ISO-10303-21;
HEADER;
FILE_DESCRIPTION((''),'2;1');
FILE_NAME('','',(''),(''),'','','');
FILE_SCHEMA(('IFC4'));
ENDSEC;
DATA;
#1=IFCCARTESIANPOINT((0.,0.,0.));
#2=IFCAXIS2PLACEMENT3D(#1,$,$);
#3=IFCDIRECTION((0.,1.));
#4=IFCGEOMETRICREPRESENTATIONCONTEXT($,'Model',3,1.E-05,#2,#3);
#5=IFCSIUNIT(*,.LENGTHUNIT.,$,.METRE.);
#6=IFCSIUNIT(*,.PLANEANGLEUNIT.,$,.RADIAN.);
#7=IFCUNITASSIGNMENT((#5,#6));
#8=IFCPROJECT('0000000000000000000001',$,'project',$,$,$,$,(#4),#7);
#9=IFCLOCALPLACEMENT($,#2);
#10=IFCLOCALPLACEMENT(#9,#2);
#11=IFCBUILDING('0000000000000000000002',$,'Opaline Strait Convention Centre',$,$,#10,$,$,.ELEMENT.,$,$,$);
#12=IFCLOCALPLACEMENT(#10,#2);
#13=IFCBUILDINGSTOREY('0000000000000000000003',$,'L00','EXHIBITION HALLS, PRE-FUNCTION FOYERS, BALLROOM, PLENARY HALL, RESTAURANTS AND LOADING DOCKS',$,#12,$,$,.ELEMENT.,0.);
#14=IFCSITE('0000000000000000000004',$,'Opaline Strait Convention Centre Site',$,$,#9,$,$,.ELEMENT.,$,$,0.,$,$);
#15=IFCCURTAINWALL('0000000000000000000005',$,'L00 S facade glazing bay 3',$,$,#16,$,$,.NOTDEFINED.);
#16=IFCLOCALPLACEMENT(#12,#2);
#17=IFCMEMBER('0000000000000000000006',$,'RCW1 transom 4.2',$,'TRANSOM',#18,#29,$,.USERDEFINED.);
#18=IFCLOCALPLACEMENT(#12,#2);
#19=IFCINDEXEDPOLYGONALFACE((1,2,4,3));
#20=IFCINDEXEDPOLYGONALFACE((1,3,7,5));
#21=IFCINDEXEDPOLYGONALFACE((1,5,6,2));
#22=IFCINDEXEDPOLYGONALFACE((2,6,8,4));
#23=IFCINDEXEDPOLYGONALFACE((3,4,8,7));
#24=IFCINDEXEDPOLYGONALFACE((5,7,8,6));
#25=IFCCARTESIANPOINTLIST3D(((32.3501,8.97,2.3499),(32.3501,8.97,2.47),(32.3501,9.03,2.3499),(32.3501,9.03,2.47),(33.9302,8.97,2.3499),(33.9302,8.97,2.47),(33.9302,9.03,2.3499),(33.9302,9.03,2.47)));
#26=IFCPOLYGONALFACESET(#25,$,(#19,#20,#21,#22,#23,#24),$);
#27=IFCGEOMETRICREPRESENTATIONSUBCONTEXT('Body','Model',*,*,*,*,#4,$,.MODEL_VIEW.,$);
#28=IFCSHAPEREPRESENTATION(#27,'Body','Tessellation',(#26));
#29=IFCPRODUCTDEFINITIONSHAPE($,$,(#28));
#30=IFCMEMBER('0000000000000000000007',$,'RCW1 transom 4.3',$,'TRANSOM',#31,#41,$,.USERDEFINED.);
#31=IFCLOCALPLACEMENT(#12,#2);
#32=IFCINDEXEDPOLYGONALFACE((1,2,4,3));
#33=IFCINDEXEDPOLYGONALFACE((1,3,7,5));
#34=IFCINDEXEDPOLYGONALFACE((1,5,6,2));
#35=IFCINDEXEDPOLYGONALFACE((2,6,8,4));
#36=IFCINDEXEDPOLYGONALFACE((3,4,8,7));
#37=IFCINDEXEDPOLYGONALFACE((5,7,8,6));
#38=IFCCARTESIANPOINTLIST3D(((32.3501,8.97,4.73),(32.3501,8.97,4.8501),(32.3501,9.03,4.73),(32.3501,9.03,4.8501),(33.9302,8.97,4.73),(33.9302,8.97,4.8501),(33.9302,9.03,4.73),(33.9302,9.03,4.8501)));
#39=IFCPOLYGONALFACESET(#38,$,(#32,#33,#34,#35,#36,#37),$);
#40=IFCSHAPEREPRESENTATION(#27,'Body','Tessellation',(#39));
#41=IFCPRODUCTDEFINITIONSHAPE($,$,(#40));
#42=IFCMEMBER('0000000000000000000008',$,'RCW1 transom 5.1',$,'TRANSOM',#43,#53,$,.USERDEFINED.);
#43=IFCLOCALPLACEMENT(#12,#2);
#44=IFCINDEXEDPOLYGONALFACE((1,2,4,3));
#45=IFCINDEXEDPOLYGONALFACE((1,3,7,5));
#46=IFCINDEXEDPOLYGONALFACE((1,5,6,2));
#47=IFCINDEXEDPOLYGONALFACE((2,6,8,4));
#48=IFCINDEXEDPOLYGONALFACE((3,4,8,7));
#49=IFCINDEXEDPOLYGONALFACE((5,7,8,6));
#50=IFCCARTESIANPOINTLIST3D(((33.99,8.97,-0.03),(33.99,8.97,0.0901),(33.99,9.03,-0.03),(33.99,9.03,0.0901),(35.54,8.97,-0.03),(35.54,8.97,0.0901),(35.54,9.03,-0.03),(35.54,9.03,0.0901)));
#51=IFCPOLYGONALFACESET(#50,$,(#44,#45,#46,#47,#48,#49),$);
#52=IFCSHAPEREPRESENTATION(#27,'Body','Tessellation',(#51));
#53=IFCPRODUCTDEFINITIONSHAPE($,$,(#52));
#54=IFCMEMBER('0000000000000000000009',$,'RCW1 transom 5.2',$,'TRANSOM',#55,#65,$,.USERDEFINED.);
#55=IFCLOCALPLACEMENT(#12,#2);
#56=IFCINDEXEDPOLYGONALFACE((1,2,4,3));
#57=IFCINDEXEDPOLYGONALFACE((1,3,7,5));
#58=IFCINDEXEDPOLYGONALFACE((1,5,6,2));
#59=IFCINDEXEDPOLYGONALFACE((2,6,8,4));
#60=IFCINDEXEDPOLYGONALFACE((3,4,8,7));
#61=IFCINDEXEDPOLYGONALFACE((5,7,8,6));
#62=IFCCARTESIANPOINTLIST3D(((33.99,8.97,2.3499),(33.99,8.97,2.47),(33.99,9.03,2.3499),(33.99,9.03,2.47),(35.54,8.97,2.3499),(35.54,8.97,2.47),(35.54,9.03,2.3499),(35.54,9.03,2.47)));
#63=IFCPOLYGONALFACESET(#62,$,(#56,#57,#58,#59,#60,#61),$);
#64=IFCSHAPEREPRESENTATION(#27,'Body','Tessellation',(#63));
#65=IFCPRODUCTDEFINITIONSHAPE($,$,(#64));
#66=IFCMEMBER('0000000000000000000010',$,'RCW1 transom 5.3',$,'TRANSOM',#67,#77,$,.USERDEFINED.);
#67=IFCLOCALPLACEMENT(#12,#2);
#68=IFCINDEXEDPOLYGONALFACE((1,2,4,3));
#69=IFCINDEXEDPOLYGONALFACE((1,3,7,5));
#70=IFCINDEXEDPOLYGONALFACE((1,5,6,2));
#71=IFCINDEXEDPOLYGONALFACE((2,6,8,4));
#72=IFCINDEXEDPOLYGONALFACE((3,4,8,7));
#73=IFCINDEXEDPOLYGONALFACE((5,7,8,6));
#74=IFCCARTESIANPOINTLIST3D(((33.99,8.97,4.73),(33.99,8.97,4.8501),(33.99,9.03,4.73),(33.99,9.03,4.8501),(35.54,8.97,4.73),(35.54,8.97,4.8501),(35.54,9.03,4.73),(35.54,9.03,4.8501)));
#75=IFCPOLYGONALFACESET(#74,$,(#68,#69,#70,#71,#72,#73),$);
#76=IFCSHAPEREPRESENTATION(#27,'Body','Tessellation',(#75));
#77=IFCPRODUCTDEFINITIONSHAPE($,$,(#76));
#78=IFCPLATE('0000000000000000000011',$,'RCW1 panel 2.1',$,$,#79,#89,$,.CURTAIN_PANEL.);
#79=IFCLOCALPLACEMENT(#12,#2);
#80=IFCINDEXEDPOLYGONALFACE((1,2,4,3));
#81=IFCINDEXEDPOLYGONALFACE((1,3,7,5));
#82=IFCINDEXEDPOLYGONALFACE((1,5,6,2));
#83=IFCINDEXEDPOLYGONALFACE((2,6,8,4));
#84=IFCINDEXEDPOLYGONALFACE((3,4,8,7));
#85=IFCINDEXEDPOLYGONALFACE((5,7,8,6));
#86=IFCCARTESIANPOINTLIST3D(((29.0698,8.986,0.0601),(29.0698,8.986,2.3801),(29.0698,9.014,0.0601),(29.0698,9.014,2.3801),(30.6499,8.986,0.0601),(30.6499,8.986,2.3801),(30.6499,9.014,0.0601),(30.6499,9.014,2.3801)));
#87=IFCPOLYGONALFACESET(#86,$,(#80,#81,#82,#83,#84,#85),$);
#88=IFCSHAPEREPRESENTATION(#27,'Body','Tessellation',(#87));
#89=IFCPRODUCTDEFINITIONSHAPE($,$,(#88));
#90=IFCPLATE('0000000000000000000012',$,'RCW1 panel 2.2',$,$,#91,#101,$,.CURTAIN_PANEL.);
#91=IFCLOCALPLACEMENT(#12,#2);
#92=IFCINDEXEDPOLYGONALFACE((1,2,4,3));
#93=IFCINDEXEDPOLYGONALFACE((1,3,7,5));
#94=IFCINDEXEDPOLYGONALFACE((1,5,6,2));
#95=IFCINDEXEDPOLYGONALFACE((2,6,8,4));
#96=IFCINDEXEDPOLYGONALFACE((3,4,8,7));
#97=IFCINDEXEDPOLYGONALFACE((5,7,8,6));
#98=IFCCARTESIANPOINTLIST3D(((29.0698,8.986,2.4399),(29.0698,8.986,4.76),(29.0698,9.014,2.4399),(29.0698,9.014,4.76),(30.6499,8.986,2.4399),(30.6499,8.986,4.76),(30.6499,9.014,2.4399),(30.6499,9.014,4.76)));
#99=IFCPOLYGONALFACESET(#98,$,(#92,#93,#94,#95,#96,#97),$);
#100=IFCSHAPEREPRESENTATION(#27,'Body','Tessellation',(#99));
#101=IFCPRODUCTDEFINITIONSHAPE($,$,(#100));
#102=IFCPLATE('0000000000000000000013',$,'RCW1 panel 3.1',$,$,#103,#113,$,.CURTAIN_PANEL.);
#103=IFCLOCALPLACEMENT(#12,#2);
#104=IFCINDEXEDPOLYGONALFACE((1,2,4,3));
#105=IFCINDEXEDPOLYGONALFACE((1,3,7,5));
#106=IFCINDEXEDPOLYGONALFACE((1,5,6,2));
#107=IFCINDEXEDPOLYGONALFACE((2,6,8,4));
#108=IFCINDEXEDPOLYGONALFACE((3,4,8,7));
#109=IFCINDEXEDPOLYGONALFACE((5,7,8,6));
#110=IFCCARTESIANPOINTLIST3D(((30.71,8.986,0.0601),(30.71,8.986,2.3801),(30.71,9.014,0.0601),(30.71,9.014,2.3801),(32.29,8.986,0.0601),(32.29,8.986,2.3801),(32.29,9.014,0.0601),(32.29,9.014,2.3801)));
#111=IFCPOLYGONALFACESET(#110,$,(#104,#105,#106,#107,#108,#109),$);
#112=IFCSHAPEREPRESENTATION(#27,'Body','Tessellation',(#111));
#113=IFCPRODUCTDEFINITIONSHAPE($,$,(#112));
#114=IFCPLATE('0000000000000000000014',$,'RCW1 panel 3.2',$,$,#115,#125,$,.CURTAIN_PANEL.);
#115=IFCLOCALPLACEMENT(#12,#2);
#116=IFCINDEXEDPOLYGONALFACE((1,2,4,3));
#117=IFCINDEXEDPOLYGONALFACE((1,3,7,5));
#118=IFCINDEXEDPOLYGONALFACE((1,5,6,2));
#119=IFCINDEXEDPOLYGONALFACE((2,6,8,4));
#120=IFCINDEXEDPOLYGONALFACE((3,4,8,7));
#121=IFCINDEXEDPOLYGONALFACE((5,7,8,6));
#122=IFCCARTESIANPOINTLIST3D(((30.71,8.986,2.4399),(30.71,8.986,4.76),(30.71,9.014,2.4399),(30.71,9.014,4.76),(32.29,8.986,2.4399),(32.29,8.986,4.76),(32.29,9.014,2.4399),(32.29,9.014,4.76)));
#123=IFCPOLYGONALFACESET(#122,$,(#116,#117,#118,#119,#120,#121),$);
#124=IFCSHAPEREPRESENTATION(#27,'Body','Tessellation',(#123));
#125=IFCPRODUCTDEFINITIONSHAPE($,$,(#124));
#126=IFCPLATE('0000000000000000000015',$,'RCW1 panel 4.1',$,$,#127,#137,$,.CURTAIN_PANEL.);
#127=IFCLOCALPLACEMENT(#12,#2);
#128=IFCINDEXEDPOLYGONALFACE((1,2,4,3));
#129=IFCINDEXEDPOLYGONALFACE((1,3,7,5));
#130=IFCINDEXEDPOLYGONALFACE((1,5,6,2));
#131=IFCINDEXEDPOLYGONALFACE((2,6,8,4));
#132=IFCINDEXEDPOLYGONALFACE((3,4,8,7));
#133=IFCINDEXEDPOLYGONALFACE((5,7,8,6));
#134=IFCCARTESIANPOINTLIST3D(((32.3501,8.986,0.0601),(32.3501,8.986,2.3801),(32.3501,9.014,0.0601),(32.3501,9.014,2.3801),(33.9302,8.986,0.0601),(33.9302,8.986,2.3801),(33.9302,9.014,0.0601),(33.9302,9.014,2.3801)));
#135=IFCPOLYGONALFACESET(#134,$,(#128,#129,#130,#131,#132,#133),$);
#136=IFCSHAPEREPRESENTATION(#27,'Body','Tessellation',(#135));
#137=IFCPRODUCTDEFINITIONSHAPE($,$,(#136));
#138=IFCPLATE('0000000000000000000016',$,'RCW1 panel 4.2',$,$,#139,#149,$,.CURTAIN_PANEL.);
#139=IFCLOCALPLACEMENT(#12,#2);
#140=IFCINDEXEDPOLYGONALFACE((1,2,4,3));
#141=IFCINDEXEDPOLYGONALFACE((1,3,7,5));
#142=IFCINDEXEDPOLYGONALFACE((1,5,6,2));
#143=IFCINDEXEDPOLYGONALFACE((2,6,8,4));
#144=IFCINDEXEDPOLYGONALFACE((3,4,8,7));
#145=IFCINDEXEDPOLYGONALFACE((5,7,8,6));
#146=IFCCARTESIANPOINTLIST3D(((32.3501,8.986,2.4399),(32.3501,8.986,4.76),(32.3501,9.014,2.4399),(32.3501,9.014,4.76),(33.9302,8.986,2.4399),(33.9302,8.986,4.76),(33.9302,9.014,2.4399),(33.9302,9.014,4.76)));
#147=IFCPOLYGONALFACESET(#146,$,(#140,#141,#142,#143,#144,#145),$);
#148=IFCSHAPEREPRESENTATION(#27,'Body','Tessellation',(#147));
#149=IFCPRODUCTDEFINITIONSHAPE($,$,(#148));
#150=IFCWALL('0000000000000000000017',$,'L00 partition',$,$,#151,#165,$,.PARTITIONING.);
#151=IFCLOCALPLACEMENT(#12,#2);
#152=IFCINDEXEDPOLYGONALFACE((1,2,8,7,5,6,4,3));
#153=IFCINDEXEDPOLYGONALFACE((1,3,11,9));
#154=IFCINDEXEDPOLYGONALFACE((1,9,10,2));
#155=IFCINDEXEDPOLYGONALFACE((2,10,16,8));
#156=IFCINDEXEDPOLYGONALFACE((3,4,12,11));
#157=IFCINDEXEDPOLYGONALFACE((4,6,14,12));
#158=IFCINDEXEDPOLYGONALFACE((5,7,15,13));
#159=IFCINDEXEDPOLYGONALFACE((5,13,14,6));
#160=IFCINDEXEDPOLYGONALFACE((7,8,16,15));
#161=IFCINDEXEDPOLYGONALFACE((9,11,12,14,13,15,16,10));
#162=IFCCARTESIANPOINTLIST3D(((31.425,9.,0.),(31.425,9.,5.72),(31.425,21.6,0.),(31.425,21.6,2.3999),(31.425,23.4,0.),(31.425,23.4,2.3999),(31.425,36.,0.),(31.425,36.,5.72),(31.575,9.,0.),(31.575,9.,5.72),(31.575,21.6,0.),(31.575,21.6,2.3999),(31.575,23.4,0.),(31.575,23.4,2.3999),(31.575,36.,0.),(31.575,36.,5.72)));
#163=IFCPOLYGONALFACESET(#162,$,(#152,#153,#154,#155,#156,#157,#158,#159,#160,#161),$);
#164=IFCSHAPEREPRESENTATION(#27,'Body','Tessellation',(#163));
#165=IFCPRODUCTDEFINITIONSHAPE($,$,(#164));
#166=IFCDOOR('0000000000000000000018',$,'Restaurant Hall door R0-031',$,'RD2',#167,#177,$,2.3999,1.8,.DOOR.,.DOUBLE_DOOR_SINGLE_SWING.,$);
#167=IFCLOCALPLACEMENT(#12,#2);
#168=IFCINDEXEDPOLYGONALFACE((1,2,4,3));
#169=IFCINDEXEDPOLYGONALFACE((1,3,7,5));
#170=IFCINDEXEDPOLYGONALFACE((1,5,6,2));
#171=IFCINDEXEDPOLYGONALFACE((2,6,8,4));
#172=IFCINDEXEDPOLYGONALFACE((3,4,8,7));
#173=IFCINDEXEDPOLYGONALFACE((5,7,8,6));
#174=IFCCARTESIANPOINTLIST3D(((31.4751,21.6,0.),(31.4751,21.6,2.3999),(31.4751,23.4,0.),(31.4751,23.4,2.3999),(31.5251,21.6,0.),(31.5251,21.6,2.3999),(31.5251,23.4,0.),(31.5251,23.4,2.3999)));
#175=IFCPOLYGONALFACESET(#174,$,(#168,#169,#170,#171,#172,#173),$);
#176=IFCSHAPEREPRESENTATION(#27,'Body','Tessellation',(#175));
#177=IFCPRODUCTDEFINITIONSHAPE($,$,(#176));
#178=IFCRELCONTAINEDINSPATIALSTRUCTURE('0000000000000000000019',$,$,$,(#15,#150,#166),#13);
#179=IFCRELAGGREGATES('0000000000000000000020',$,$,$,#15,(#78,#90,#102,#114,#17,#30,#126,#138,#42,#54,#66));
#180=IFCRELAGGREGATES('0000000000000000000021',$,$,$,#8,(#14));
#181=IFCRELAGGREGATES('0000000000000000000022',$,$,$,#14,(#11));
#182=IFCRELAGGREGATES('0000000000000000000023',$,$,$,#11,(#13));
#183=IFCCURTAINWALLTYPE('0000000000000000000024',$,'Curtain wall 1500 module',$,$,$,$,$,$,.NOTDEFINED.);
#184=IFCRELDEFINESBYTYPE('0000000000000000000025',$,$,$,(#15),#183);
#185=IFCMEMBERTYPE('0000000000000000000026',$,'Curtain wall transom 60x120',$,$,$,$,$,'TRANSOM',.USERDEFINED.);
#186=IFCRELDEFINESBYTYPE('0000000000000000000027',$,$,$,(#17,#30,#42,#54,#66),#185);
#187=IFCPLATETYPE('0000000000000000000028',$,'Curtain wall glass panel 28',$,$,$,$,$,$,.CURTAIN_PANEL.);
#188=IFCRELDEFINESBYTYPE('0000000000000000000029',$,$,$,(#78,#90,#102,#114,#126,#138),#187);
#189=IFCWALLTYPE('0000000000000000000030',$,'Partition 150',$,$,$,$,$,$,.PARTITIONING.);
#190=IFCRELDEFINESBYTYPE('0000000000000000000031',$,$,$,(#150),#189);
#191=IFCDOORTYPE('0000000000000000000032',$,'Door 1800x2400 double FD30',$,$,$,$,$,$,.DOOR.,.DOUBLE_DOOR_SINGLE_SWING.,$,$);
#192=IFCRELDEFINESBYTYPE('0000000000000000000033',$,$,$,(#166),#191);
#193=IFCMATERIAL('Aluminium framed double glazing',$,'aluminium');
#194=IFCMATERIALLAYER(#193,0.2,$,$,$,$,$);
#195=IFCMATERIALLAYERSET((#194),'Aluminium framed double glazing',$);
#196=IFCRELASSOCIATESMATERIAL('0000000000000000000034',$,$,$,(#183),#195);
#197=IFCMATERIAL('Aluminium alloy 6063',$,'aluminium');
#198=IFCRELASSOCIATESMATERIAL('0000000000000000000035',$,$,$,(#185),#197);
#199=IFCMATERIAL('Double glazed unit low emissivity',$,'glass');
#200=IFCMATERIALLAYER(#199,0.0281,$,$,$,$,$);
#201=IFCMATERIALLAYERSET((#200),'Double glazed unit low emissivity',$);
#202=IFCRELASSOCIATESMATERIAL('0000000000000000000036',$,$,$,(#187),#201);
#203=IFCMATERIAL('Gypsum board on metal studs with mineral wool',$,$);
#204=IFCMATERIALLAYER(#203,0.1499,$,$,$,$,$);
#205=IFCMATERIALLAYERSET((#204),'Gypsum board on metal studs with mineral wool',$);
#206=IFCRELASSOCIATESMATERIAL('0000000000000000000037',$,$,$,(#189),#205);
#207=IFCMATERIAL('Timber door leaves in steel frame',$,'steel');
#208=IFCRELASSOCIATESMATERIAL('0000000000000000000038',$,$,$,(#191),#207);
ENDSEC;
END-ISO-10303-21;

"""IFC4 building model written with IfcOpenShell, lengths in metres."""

from ifc_helpers import new_model, si_unit, direction, frame, frame_2d, origin, origin_2d, place, context, subcontext, project, spatial, rectangle, extrude, material, layer, layer_set, material_profile, profile_set, type_object, element, fill, aggregate, save


model = new_model("IFC4")

# Units and contexts
model_context = context("Model", 3, precision=1e-05, world=origin(), true_north=direction((0.0, 1.0)))
body_context = subcontext(model_context, "Body", "Model", "MODEL_VIEW")
ifc_project = project(units=[si_unit("LENGTHUNIT", "METRE"), si_unit("PLANEANGLEUNIT", "RADIAN")], contexts=[model_context])

# Site, building, storey
site_placement = place(None, origin())
site = spatial("IfcSite", under=ifc_project, at=site_placement, Name="Opaline Strait Convention Centre Site", CompositionType="ELEMENT", RefElevation=0.0)
building_placement = place(site_placement, origin())
building = spatial("IfcBuilding", under=site, at=building_placement, Name="Opaline Strait Convention Centre", CompositionType="ELEMENT")
storey_placement = place(building_placement, origin())
storey = spatial("IfcBuildingStorey", under=building, at=storey_placement, Name="L00", Description="EXHIBITION HALLS, PRE-FUNCTION FOYERS, BALLROOM, PLENARY HALL, RESTAURANTS AND LOADING DOCKS", CompositionType="ELEMENT", Elevation=0.0)

# Curtain wall, members, plates
ifc_material_1 = material(Name="Aluminium framed double glazing", Category="aluminium")
ifc_layer_1 = layer(ifc_material_1, 0.2)
ifc_layer_set_1 = layer_set([ifc_layer_1], Name="Aluminium framed double glazing")
curtain_wall_type = type_object("IfcCurtainWallType", Name="Curtain wall 1500 module", PredefinedType="NOTDEFINED", material=ifc_layer_set_1)
curtain_wall_placement = place(storey_placement, origin())
curtain_wall = element("IfcCurtainWall", 1, at=curtain_wall_placement, inside=storey, type_object=curtain_wall_type, Name="L00 S facade glazing bay 3", PredefinedType="NOTDEFINED")
ifc_material_2 = material(Name="Aluminium alloy 6063", Category="aluminium")
ifc_material_profile_1 = material_profile(ifc_material_2, rectangle(XDim=0.0601, YDim=0.1201, at=origin_2d()), Name="Curtain wall transom 60x120")
ifc_profile_set_1 = profile_set([ifc_material_profile_1], Name="Aluminium alloy 6063")
member_type_1 = type_object("IfcMemberType", Name="Curtain wall transom 60x120", ElementType="TRANSOM", PredefinedType="USERDEFINED", material=ifc_profile_set_1)
member_1_placement = place(storey_placement, frame((32.3501, 9.0, 2.4099), z_axis=(1.0, 0.0, 0.0), x_axis=(0.0, 1.0, 0.0)))
member_1 = element("IfcMember", 2, at=member_1_placement, type_object=member_type_1, Name="RCW1 transom 4.2", ObjectType="TRANSOM", PredefinedType="USERDEFINED", context=body_context, shape_type="SweptSolid", body=[
    extrude(rectangle(XDim=0.0601, YDim=0.1201, at=origin_2d()), origin(), (0.0, 0.0, 1.0), 1.5801),
])
member_2_placement = place(storey_placement, frame((32.3501, 9.0, 4.79), z_axis=(1.0, 0.0, 0.0), x_axis=(0.0, 1.0, 0.0)))
member_2 = element("IfcMember", 3, at=member_2_placement, type_object=member_type_1, Name="RCW1 transom 4.3", ObjectType="TRANSOM", PredefinedType="USERDEFINED", context=body_context, shape_type="SweptSolid", body=[
    extrude(rectangle(XDim=0.0601, YDim=0.1201, at=origin_2d()), origin(), (0.0, 0.0, 1.0), 1.5801),
])
member_3_placement = place(storey_placement, frame((33.99, 9.0, 0.03), z_axis=(1.0, 0.0, 0.0), x_axis=(0.0, 1.0, 0.0)))
member_3 = element("IfcMember", 4, at=member_3_placement, type_object=member_type_1, Name="RCW1 transom 5.1", ObjectType="TRANSOM", PredefinedType="USERDEFINED", context=body_context, shape_type="SweptSolid", body=[
    extrude(rectangle(XDim=0.0601, YDim=0.1201, at=origin_2d()), origin(), (0.0, 0.0, 1.0), 1.55),
])
member_4_placement = place(storey_placement, frame((33.99, 9.0, 2.4099), z_axis=(1.0, 0.0, 0.0), x_axis=(0.0, 1.0, 0.0)))
member_4 = element("IfcMember", 5, at=member_4_placement, type_object=member_type_1, Name="RCW1 transom 5.2", ObjectType="TRANSOM", PredefinedType="USERDEFINED", context=body_context, shape_type="SweptSolid", body=[
    extrude(rectangle(XDim=0.0601, YDim=0.1201, at=origin_2d()), origin(), (0.0, 0.0, 1.0), 1.55),
])
member_5_placement = place(storey_placement, frame((33.99, 9.0, 4.79), z_axis=(1.0, 0.0, 0.0), x_axis=(0.0, 1.0, 0.0)))
member_5 = element("IfcMember", 6, at=member_5_placement, type_object=member_type_1, Name="RCW1 transom 5.3", ObjectType="TRANSOM", PredefinedType="USERDEFINED", context=body_context, shape_type="SweptSolid", body=[
    extrude(rectangle(XDim=0.0601, YDim=0.1201, at=origin_2d()), origin(), (0.0, 0.0, 1.0), 1.55),
])
ifc_material_3 = material(Name="Double glazed unit low emissivity", Category="glass")
ifc_layer_2 = layer(ifc_material_3, 0.0281)
ifc_layer_set_2 = layer_set([ifc_layer_2], Name="Double glazed unit low emissivity")
plate_type = type_object("IfcPlateType", Name="Curtain wall glass panel 28", PredefinedType="CURTAIN_PANEL", material=ifc_layer_set_2)
plate_1_placement = place(storey_placement, frame((29.8599, 9.0, 0.0601), z_axis=(0.0, 0.0, 1.0), x_axis=(1.0, 0.0, 0.0)))
plate_1 = element("IfcPlate", 7, at=plate_1_placement, type_object=plate_type, Name="RCW1 panel 2.1", PredefinedType="CURTAIN_PANEL", context=body_context, shape_type="SweptSolid", body=[
    extrude(rectangle(XDim=1.5801, YDim=0.0281, at=origin_2d()), origin(), (0.0, 0.0, 1.0), 2.3201),
])
plate_2_placement = place(storey_placement, frame((29.8599, 9.0, 2.4399), z_axis=(0.0, 0.0, 1.0), x_axis=(1.0, 0.0, 0.0)))
plate_2 = element("IfcPlate", 8, at=plate_2_placement, type_object=plate_type, Name="RCW1 panel 2.2", PredefinedType="CURTAIN_PANEL", context=body_context, shape_type="SweptSolid", body=[
    extrude(rectangle(XDim=1.5801, YDim=0.0281, at=origin_2d()), origin(), (0.0, 0.0, 1.0), 2.3201),
])
plate_3_placement = place(storey_placement, frame((31.5, 9.0, 0.0601), z_axis=(0.0, 0.0, 1.0), x_axis=(1.0, 0.0, 0.0)))
plate_3 = element("IfcPlate", 9, at=plate_3_placement, type_object=plate_type, Name="RCW1 panel 3.1", PredefinedType="CURTAIN_PANEL", context=body_context, shape_type="SweptSolid", body=[
    extrude(rectangle(XDim=1.5801, YDim=0.0281, at=origin_2d()), origin(), (0.0, 0.0, 1.0), 2.3201),
])
plate_4_placement = place(storey_placement, frame((31.5, 9.0, 2.4399), z_axis=(0.0, 0.0, 1.0), x_axis=(1.0, 0.0, 0.0)))
plate_4 = element("IfcPlate", 10, at=plate_4_placement, type_object=plate_type, Name="RCW1 panel 3.2", PredefinedType="CURTAIN_PANEL", context=body_context, shape_type="SweptSolid", body=[
    extrude(rectangle(XDim=1.5801, YDim=0.0281, at=origin_2d()), origin(), (0.0, 0.0, 1.0), 2.3201),
])
plate_5_placement = place(storey_placement, frame((33.1401, 9.0, 0.0601), z_axis=(0.0, 0.0, 1.0), x_axis=(1.0, 0.0, 0.0)))
plate_5 = element("IfcPlate", 11, at=plate_5_placement, type_object=plate_type, Name="RCW1 panel 4.1", PredefinedType="CURTAIN_PANEL", context=body_context, shape_type="SweptSolid", body=[
    extrude(rectangle(XDim=1.5801, YDim=0.0281, at=origin_2d()), origin(), (0.0, 0.0, 1.0), 2.3201),
])
plate_6_placement = place(storey_placement, frame((33.1401, 9.0, 2.4399), z_axis=(0.0, 0.0, 1.0), x_axis=(1.0, 0.0, 0.0)))
plate_6 = element("IfcPlate", 12, at=plate_6_placement, type_object=plate_type, Name="RCW1 panel 4.2", PredefinedType="CURTAIN_PANEL", context=body_context, shape_type="SweptSolid", body=[
    extrude(rectangle(XDim=1.5801, YDim=0.0281, at=origin_2d()), origin(), (0.0, 0.0, 1.0), 2.3201),
])
aggregate(curtain_wall, [plate_1, plate_2, plate_3, plate_4, member_1, member_2, plate_5, plate_6, member_3, member_4, member_5])

# Wall, opening, door
ifc_material_4 = material(Name="Gypsum board on metal studs with mineral wool")
ifc_layer_3 = layer(ifc_material_4, 0.1499)
ifc_layer_set_3 = layer_set([ifc_layer_3], Name="Gypsum board on metal studs with mineral wool")
wall_type = type_object("IfcWallType", Name="Partition 150", PredefinedType="PARTITIONING", material=ifc_layer_set_3)
wall_placement = place(storey_placement, frame((31.5, 9.0, 0.0), z_axis=(0.0, 0.0, 1.0), x_axis=(0.0, 1.0, 0.0)))
wall = element("IfcWall", 13, at=wall_placement, inside=storey, type_object=wall_type, Name="L00 partition", PredefinedType="PARTITIONING", context=body_context, shape_type="SweptSolid", body=[
    extrude(rectangle(XDim=27.0, YDim=0.1499, at=frame_2d((13.5, 0.0))), origin(), (0.0, 0.0, 1.0), 5.72),
])
opening_placement = place(wall_placement, frame((12.6001, 0.0, 0.0)))
opening = element("IfcOpeningElement", 14, at=opening_placement, cuts=wall, PredefinedType="OPENING", context=body_context, shape_type="SweptSolid", body=[
    extrude(rectangle(XDim=1.8, YDim=2.3999, at=frame_2d((0.8999, 1.2))), frame((0.0, 0.085, 0.0), z_axis=(0.0, -1.0, 0.0), x_axis=(1.0, 0.0, 0.0)), (0.0, 0.0, 1.0), 0.1699),
])
ifc_material_5 = material(Name="Timber door leaves in steel frame", Category="steel")
door_type = type_object("IfcDoorType", Name="Door 1800x2400 double FD30", OperationType="DOUBLE_DOOR_SINGLE_SWING", PredefinedType="DOOR", material=ifc_material_5)
door_placement = place(opening_placement, origin())
door = element("IfcDoor", 15, at=door_placement, inside=storey, type_object=door_type, Name="Restaurant Hall door R0-031", ObjectType="RD2", OperationType="DOUBLE_DOOR_SINGLE_SWING", OverallHeight=2.3999, OverallWidth=1.8, PredefinedType="DOOR", context=body_context, shape_type="SweptSolid", body=[
    extrude(rectangle(XDim=1.8, YDim=2.3999, at=frame_2d((0.8999, 1.2))), frame((0.0, 0.0249, 0.0), z_axis=(0.0, -1.0, 0.0), x_axis=(1.0, 0.0, 0.0)), (0.0, 0.0, 1.0), 0.05),
])
fill(opening, door)

save(model, "model.ifc")
